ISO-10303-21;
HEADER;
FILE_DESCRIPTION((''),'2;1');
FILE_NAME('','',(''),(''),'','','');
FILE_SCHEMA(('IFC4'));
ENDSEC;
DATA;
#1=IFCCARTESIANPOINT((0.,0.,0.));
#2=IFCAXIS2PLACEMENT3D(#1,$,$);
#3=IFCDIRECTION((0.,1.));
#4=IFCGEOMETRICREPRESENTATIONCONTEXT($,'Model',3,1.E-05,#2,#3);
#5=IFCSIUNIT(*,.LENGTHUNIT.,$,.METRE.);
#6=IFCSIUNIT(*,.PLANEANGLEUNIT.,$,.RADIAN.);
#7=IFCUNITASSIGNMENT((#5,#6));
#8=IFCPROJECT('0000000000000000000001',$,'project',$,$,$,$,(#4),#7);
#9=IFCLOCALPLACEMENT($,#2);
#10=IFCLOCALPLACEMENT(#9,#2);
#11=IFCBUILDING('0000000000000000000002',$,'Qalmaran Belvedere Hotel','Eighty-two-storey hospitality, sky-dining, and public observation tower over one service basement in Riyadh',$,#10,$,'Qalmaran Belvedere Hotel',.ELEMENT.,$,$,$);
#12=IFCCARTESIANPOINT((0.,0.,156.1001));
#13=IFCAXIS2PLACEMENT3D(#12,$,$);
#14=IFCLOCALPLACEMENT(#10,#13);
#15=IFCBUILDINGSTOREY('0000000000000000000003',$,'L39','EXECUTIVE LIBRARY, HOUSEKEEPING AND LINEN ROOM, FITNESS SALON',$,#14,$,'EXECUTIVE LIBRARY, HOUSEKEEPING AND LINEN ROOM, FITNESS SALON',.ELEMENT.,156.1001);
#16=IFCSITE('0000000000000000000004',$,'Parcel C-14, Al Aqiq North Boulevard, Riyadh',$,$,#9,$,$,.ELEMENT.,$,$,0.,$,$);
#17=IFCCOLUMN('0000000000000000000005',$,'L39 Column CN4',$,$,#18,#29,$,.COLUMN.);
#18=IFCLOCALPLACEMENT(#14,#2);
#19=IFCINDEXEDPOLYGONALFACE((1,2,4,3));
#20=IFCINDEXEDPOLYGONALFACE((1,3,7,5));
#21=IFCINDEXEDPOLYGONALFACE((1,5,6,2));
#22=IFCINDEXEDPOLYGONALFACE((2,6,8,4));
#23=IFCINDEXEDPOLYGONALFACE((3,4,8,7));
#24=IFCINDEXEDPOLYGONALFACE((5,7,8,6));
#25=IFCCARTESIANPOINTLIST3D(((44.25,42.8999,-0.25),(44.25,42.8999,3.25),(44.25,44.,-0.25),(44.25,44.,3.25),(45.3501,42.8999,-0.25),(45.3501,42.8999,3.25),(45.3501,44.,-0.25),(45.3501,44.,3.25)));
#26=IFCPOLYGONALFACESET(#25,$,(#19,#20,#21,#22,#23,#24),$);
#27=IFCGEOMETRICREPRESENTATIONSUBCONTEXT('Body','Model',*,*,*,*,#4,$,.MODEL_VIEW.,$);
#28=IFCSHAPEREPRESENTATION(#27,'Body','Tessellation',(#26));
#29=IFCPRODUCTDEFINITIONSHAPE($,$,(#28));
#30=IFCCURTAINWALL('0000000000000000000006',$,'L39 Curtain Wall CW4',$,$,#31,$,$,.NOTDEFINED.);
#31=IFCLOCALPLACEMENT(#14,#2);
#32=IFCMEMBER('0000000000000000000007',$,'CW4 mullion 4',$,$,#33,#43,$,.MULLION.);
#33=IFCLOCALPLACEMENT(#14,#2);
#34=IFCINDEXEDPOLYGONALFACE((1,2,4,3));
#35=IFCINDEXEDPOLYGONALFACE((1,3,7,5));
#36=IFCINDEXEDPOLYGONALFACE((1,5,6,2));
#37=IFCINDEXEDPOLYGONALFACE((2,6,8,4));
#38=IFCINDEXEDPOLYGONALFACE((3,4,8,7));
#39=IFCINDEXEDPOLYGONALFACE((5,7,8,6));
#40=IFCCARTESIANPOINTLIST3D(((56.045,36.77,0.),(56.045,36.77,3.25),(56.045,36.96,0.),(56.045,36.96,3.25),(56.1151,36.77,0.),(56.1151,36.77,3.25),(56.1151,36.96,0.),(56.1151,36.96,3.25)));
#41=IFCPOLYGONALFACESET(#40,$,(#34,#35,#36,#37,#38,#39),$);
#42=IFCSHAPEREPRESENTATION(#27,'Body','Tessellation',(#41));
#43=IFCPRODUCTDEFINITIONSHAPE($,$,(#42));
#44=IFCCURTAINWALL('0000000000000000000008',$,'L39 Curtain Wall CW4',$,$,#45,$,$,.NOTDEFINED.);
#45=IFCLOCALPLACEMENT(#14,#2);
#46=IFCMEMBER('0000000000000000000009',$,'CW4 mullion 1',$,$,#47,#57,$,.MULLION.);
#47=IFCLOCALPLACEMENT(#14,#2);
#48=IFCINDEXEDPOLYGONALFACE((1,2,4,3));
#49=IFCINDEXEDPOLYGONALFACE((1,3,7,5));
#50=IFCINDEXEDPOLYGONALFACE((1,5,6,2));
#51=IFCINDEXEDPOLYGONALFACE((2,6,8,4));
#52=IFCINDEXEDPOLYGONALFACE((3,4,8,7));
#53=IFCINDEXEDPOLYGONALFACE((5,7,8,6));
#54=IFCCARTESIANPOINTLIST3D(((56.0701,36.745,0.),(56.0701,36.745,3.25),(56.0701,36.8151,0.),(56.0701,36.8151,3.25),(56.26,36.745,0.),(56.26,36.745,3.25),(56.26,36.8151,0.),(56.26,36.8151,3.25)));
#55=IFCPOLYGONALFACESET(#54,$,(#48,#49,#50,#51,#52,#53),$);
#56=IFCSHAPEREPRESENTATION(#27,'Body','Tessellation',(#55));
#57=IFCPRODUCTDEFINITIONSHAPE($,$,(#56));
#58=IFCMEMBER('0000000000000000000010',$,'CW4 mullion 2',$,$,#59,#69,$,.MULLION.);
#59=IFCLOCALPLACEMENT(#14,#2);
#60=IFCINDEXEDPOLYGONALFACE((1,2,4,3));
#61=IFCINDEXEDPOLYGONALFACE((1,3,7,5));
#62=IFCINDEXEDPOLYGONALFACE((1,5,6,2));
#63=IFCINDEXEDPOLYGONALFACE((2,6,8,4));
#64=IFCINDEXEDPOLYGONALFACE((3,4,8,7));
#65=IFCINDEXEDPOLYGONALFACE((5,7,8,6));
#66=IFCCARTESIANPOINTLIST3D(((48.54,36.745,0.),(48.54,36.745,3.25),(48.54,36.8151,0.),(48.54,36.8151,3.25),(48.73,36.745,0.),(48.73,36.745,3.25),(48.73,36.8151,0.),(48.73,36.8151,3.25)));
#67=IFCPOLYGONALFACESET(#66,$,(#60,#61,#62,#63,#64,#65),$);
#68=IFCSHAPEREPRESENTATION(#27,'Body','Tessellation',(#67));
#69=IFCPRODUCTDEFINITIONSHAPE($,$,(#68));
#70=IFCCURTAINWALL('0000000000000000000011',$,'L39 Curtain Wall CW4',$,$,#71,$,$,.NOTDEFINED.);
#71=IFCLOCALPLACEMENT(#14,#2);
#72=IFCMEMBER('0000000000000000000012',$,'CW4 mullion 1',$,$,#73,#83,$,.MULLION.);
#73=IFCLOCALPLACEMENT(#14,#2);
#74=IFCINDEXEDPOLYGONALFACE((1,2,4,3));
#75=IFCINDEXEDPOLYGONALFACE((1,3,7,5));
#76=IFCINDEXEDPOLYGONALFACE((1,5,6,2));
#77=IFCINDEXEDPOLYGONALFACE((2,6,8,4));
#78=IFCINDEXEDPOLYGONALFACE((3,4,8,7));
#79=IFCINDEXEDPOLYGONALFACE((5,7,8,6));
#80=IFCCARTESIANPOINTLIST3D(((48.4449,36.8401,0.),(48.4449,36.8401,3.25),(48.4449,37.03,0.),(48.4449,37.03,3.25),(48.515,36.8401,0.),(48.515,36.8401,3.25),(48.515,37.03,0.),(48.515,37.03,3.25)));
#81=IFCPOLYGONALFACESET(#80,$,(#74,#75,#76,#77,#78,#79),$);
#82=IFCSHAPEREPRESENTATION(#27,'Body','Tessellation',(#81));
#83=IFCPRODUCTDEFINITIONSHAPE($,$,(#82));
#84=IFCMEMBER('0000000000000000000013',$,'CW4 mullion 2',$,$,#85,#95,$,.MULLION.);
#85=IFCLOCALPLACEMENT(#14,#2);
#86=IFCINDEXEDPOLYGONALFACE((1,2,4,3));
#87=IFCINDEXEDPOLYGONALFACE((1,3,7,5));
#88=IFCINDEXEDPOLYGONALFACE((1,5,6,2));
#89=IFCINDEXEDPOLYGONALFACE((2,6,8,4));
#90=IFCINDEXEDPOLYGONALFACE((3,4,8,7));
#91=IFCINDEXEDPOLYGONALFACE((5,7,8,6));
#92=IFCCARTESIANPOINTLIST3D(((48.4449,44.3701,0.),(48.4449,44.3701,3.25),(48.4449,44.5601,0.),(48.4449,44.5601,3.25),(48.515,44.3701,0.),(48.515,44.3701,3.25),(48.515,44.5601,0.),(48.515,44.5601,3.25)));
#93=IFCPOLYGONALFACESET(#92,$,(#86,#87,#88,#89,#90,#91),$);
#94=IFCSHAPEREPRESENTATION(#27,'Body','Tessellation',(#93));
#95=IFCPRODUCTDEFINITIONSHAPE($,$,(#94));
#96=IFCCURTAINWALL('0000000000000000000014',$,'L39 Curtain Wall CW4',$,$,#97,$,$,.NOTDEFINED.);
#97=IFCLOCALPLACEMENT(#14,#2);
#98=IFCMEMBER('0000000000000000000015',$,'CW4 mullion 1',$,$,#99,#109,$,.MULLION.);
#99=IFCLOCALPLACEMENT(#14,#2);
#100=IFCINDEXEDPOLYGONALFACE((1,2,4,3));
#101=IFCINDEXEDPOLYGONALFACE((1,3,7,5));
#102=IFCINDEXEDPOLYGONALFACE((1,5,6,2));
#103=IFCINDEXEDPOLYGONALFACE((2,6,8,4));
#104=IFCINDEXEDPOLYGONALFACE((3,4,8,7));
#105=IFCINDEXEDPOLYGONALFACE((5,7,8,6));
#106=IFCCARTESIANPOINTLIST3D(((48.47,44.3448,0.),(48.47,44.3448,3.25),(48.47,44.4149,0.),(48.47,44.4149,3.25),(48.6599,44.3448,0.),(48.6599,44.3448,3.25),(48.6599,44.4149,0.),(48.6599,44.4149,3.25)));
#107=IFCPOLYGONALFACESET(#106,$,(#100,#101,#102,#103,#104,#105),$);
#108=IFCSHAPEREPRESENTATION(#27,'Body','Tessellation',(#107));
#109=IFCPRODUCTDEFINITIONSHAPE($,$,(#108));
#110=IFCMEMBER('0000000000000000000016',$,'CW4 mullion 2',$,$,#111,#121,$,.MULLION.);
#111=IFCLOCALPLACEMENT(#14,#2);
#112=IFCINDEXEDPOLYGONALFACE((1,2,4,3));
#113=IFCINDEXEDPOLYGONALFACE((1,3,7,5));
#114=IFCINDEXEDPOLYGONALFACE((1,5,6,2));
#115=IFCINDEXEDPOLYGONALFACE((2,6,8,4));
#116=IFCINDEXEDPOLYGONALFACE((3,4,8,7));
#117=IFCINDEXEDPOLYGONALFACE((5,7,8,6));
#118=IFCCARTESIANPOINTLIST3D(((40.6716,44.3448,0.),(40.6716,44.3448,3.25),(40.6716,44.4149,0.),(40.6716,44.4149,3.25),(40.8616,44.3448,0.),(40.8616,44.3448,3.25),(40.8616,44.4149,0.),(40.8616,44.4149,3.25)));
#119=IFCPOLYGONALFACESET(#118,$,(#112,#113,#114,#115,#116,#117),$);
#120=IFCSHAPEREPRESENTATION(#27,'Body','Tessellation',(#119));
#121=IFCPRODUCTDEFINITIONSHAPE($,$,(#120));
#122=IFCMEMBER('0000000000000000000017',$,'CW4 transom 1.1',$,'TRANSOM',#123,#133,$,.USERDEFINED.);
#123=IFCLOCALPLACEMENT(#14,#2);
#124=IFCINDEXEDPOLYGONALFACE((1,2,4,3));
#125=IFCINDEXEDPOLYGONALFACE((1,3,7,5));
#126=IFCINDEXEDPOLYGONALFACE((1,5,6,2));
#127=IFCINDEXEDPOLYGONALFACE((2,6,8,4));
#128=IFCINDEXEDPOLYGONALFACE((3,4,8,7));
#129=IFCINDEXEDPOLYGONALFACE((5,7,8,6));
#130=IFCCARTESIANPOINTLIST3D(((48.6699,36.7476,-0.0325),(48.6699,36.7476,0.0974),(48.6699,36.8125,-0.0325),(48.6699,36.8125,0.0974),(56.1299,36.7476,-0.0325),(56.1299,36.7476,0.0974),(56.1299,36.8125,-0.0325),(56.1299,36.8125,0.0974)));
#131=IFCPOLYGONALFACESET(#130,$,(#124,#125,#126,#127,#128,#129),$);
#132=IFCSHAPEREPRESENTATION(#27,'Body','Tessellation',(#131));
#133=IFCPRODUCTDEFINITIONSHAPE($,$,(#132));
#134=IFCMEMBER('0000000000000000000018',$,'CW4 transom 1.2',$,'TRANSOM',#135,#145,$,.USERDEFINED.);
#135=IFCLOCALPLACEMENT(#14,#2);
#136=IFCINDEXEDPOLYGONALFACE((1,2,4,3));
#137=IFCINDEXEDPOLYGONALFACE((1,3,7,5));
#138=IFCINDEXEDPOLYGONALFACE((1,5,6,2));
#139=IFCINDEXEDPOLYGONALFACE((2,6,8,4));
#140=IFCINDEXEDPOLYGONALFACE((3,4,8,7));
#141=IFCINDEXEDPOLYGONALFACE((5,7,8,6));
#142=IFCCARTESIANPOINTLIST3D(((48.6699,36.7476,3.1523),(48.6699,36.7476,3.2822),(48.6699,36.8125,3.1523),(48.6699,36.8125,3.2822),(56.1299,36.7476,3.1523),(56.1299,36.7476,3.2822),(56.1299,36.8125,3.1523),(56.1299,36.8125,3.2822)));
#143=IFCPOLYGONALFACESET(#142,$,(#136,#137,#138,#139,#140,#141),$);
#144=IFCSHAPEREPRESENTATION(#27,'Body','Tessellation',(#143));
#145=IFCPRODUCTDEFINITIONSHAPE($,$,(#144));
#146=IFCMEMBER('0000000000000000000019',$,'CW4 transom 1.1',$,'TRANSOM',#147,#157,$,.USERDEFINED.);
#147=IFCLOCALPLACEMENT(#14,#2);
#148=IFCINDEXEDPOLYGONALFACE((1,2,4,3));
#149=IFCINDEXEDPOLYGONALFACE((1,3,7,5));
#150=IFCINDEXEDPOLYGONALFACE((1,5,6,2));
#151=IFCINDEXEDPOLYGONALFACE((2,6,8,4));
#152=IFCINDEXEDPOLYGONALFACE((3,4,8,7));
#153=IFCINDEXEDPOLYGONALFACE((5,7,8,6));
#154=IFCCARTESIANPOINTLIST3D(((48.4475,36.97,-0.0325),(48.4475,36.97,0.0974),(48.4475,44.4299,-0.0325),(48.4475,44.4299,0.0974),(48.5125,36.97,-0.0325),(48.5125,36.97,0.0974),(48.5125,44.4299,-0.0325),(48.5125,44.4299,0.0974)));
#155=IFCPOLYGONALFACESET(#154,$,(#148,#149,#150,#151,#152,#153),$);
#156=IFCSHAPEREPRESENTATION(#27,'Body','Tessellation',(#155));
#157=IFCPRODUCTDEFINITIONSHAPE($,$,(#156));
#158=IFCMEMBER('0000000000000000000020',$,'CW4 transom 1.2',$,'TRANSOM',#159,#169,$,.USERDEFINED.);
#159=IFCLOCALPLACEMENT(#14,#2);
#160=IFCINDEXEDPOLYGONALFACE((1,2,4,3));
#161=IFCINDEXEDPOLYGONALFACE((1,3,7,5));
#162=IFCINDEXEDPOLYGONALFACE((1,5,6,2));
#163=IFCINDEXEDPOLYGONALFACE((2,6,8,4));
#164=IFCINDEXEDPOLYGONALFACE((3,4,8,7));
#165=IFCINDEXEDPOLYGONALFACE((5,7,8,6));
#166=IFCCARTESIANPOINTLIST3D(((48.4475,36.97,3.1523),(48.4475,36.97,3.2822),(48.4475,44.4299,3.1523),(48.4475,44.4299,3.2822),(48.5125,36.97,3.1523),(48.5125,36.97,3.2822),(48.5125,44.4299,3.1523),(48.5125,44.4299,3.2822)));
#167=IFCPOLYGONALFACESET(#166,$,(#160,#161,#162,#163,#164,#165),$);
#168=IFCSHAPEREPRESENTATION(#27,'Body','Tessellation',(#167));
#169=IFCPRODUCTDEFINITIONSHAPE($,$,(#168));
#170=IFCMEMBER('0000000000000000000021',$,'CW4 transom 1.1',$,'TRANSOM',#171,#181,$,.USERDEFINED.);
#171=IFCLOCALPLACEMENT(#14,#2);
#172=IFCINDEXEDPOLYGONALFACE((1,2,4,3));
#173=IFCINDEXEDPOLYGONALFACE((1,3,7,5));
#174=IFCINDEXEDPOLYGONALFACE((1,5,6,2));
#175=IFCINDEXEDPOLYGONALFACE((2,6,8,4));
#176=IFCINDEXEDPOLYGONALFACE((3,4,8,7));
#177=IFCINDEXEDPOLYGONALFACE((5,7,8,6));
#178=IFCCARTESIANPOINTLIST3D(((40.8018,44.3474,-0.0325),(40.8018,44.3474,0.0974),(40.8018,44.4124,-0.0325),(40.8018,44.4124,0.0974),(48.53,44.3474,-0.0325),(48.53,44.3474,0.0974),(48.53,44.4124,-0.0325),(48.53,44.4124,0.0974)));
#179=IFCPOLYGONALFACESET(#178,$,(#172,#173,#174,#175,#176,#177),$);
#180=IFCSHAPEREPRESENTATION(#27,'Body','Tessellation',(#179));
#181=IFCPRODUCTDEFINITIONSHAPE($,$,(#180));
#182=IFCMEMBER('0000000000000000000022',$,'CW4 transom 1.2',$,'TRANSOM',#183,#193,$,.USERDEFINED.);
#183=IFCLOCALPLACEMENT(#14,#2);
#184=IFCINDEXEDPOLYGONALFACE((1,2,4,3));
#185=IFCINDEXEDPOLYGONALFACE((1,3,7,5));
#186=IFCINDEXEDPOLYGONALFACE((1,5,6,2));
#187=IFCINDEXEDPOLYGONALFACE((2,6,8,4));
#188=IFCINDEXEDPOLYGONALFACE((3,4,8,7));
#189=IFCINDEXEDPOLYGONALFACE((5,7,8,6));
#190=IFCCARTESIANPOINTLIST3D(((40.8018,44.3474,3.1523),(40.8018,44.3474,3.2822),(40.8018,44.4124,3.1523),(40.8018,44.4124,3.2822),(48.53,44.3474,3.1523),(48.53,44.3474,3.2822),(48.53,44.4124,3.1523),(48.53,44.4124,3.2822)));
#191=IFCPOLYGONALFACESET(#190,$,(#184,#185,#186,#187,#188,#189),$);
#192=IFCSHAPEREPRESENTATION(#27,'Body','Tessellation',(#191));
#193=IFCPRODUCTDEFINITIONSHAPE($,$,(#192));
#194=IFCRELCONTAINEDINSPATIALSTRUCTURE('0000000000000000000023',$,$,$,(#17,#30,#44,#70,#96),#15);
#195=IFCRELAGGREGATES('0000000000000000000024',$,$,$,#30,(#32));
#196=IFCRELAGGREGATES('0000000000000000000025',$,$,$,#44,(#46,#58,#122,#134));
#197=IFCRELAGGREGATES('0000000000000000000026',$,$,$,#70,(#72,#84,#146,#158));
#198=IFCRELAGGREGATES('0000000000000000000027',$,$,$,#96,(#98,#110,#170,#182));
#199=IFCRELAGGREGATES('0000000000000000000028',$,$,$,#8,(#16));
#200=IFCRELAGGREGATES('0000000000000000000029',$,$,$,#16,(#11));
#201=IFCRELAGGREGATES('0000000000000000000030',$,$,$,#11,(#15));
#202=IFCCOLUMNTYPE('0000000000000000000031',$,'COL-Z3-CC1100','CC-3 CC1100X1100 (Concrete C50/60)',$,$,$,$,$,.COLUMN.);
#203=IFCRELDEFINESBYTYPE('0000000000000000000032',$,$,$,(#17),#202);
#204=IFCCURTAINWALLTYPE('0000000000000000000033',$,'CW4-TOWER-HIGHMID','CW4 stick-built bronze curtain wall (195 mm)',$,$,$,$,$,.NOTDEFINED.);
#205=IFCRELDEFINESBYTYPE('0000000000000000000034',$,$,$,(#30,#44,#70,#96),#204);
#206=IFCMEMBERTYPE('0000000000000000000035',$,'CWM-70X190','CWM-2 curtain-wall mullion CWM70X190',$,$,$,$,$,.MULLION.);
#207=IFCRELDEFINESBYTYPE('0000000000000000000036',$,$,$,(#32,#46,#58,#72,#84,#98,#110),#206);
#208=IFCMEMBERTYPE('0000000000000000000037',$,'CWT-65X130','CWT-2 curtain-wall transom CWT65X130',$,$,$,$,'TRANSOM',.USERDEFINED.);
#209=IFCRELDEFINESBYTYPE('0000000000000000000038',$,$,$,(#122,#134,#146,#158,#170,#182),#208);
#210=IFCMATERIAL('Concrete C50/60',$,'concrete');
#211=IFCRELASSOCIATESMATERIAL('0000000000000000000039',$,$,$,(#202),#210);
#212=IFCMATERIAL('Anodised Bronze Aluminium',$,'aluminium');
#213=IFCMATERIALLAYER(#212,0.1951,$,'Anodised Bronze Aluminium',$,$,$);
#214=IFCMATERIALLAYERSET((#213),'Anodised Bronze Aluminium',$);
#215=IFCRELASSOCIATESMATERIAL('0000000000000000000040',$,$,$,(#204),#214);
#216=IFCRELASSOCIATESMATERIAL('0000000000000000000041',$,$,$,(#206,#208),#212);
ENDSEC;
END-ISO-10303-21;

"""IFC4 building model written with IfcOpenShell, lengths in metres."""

from ifc_helpers import new_model, si_unit, direction, frame, origin, origin_2d, place, context, subcontext, project, spatial, rectangle, extrude, material, layer, layer_set, material_profile, profile_set, type_object, element, aggregate, save


model = new_model("IFC4")

# Units and contexts
model_context = context("Model", 3, precision=1e-05, world=origin(), true_north=direction((0.0, 1.0)))
body_context = subcontext(model_context, "Body", "Model", "MODEL_VIEW")
ifc_project = project(units=[si_unit("LENGTHUNIT", "METRE"), si_unit("PLANEANGLEUNIT", "RADIAN")], contexts=[model_context])

# Site, building, storey
site_placement = place(None, origin())
site = spatial("IfcSite", under=ifc_project, at=site_placement, Name="Parcel C-14, Al Aqiq North Boulevard, Riyadh", CompositionType="ELEMENT", RefElevation=0.0)
building_placement = place(site_placement, origin())
building = spatial("IfcBuilding", under=site, at=building_placement, Name="Qalmaran Belvedere Hotel", Description="Eighty-two-storey hospitality, sky-dining, and public observation tower over one service basement in Riyadh", LongName="Qalmaran Belvedere Hotel", CompositionType="ELEMENT")
storey_placement = place(building_placement, frame((0.0, 0.0, 156.1001)))
storey = spatial("IfcBuildingStorey", under=building, at=storey_placement, Name="L39", Description="EXECUTIVE LIBRARY, HOUSEKEEPING AND LINEN ROOM, FITNESS SALON", LongName="EXECUTIVE LIBRARY, HOUSEKEEPING AND LINEN ROOM, FITNESS SALON", CompositionType="ELEMENT", Elevation=156.1001)

# Column
ifc_material_1 = material(Name="Concrete C50/60", Category="concrete")
ifc_material_profile_1 = material_profile(ifc_material_1, rectangle(XDim=1.1001, YDim=1.1001, at=origin_2d()), Name="CC1100X1100")
ifc_profile_set_1 = profile_set([ifc_material_profile_1], Name="Concrete C50/60")
column_type = type_object("IfcColumnType", Name="COL-Z3-CC1100", Description="CC-3 CC1100X1100 (Concrete C50/60)", PredefinedType="COLUMN", material=ifc_profile_set_1)
column_placement = place(storey_placement, frame((44.8, 43.45, -0.25), z_axis=(0.0, 0.0, 1.0), x_axis=(1.0, 0.0, 0.0)))
element("IfcColumn", 1, at=column_placement, inside=storey, type_object=column_type, Name="L39 Column CN4", PredefinedType="COLUMN", context=body_context, shape_type="SweptSolid", body=[
    extrude(rectangle(XDim=1.1001, YDim=1.1001, at=origin_2d()), origin(), (0.0, 0.0, 1.0), 3.5),
])

# Curtain wall, member
ifc_material_2 = material(Name="Anodised Bronze Aluminium", Category="aluminium")
ifc_layer_1 = layer(ifc_material_2, 0.1951, Name="Anodised Bronze Aluminium")
ifc_layer_set_1 = layer_set([ifc_layer_1], Name="Anodised Bronze Aluminium")
curtain_wall_type = type_object("IfcCurtainWallType", Name="CW4-TOWER-HIGHMID", Description="CW4 stick-built bronze curtain wall (195 mm)", PredefinedType="NOTDEFINED", material=ifc_layer_set_1)
curtain_wall_1_placement = place(storey_placement, origin())
curtain_wall_1 = element("IfcCurtainWall", 2, at=curtain_wall_1_placement, inside=storey, type_object=curtain_wall_type, Name="L39 Curtain Wall CW4", PredefinedType="NOTDEFINED")
ifc_material_profile_2 = material_profile(ifc_material_2, rectangle(XDim=0.0701, YDim=0.1899, at=origin_2d()), Name="CWM70X190")
ifc_profile_set_2 = profile_set([ifc_material_profile_2], Name="Anodised Bronze Aluminium")
member_type_1 = type_object("IfcMemberType", Name="CWM-70X190", Description="CWM-2 curtain-wall mullion CWM70X190", PredefinedType="MULLION", material=ifc_profile_set_2)
member_1_placement = place(storey_placement, frame((56.0801, 36.865, 0.0), z_axis=(0.0, 0.0, 1.0), x_axis=(-1.0, 0.0, 0.0)))
member_1 = element("IfcMember", 3, at=member_1_placement, type_object=member_type_1, Name="CW4 mullion 4", PredefinedType="MULLION", context=body_context, shape_type="SweptSolid", body=[
    extrude(rectangle(XDim=0.0701, YDim=0.1899, at=origin_2d()), origin(), (0.0, 0.0, 1.0), 3.25),
])
aggregate(curtain_wall_1, [member_1])

# Curtain walls, members
curtain_wall_2_placement = place(storey_placement, origin())
curtain_wall_2 = element("IfcCurtainWall", 4, at=curtain_wall_2_placement, inside=storey, type_object=curtain_wall_type, Name="L39 Curtain Wall CW4", PredefinedType="NOTDEFINED")
member_2_placement = place(storey_placement, frame((56.165, 36.78, 0.0), z_axis=(0.0, 0.0, 1.0), x_axis=(0.0, -1.0, 0.0)))
member_2 = element("IfcMember", 5, at=member_2_placement, type_object=member_type_1, Name="CW4 mullion 1", PredefinedType="MULLION", context=body_context, shape_type="SweptSolid", body=[
    extrude(rectangle(XDim=0.0701, YDim=0.1899, at=origin_2d()), origin(), (0.0, 0.0, 1.0), 3.25),
])
member_3_placement = place(storey_placement, frame((48.635, 36.78, 0.0), z_axis=(0.0, 0.0, 1.0), x_axis=(0.0, -1.0, 0.0)))
member_3 = element("IfcMember", 6, at=member_3_placement, type_object=member_type_1, Name="CW4 mullion 2", PredefinedType="MULLION", context=body_context, shape_type="SweptSolid", body=[
    extrude(rectangle(XDim=0.0701, YDim=0.1899, at=origin_2d()), origin(), (0.0, 0.0, 1.0), 3.25),
])
curtain_wall_3_placement = place(storey_placement, origin())
curtain_wall_3 = element("IfcCurtainWall", 7, at=curtain_wall_3_placement, inside=storey, type_object=curtain_wall_type, Name="L39 Curtain Wall CW4", PredefinedType="NOTDEFINED")
member_4_placement = place(storey_placement, frame((48.48, 36.9351, 0.0), z_axis=(0.0, 0.0, 1.0), x_axis=(-1.0, 0.0, 0.0)))
member_4 = element("IfcMember", 8, at=member_4_placement, type_object=member_type_1, Name="CW4 mullion 1", PredefinedType="MULLION", context=body_context, shape_type="SweptSolid", body=[
    extrude(rectangle(XDim=0.0701, YDim=0.1899, at=origin_2d()), origin(), (0.0, 0.0, 1.0), 3.25),
])
member_5_placement = place(storey_placement, frame((48.48, 44.4651, 0.0), z_axis=(0.0, 0.0, 1.0), x_axis=(-1.0, 0.0, 0.0)))
member_5 = element("IfcMember", 9, at=member_5_placement, type_object=member_type_1, Name="CW4 mullion 2", PredefinedType="MULLION", context=body_context, shape_type="SweptSolid", body=[
    extrude(rectangle(XDim=0.0701, YDim=0.1899, at=origin_2d()), origin(), (0.0, 0.0, 1.0), 3.25),
])
curtain_wall_4_placement = place(storey_placement, origin())
curtain_wall_4 = element("IfcCurtainWall", 10, at=curtain_wall_4_placement, inside=storey, type_object=curtain_wall_type, Name="L39 Curtain Wall CW4", PredefinedType="NOTDEFINED")
member_6_placement = place(storey_placement, frame((48.5649, 44.3799, 0.0), z_axis=(0.0, 0.0, 1.0), x_axis=(0.0, -1.0, 0.0)))
member_6 = element("IfcMember", 11, at=member_6_placement, type_object=member_type_1, Name="CW4 mullion 1", PredefinedType="MULLION", context=body_context, shape_type="SweptSolid", body=[
    extrude(rectangle(XDim=0.0701, YDim=0.1899, at=origin_2d()), origin(), (0.0, 0.0, 1.0), 3.25),
])
member_7_placement = place(storey_placement, frame((40.7666, 44.3799, 0.0), z_axis=(0.0, 0.0, 1.0), x_axis=(0.0, -1.0, 0.0)))
member_7 = element("IfcMember", 12, at=member_7_placement, type_object=member_type_1, Name="CW4 mullion 2", PredefinedType="MULLION", context=body_context, shape_type="SweptSolid", body=[
    extrude(rectangle(XDim=0.0701, YDim=0.1899, at=origin_2d()), origin(), (0.0, 0.0, 1.0), 3.25),
])

# Members
ifc_material_profile_3 = material_profile(ifc_material_2, rectangle(XDim=0.0649, YDim=0.1299, at=origin_2d()), Name="CWT65X130")
ifc_profile_set_3 = profile_set([ifc_material_profile_3], Name="Anodised Bronze Aluminium")
member_type_2 = type_object("IfcMemberType", Name="CWT-65X130", Description="CWT-2 curtain-wall transom CWT65X130", ElementType="TRANSOM", PredefinedType="USERDEFINED", material=ifc_profile_set_3)
member_8_placement = place(storey_placement, frame((56.1299, 36.78, 0.0325), z_axis=(-1.0, 0.0, 0.0), x_axis=(0.0, -1.0, 0.0)))
member_8 = element("IfcMember", 13, at=member_8_placement, type_object=member_type_2, Name="CW4 transom 1.1", ObjectType="TRANSOM", PredefinedType="USERDEFINED", context=body_context, shape_type="SweptSolid", body=[
    extrude(rectangle(XDim=0.0649, YDim=0.1299, at=origin_2d()), origin(), (0.0, 0.0, 1.0), 7.46),
])
member_9_placement = place(storey_placement, frame((56.1299, 36.78, 3.2173), z_axis=(-1.0, 0.0, 0.0), x_axis=(0.0, -1.0, 0.0)))
member_9 = element("IfcMember", 14, at=member_9_placement, type_object=member_type_2, Name="CW4 transom 1.2", ObjectType="TRANSOM", PredefinedType="USERDEFINED", context=body_context, shape_type="SweptSolid", body=[
    extrude(rectangle(XDim=0.0649, YDim=0.1299, at=origin_2d()), origin(), (0.0, 0.0, 1.0), 7.46),
])
member_10_placement = place(storey_placement, frame((48.48, 36.97, 0.0325), z_axis=(0.0, 1.0, 0.0), x_axis=(-1.0, 0.0, 0.0)))
member_10 = element("IfcMember", 15, at=member_10_placement, type_object=member_type_2, Name="CW4 transom 1.1", ObjectType="TRANSOM", PredefinedType="USERDEFINED", context=body_context, shape_type="SweptSolid", body=[
    extrude(rectangle(XDim=0.0649, YDim=0.1299, at=origin_2d()), origin(), (0.0, 0.0, 1.0), 7.46),
])
member_11_placement = place(storey_placement, frame((48.48, 36.97, 3.2173), z_axis=(0.0, 1.0, 0.0), x_axis=(-1.0, 0.0, 0.0)))
member_11 = element("IfcMember", 16, at=member_11_placement, type_object=member_type_2, Name="CW4 transom 1.2", ObjectType="TRANSOM", PredefinedType="USERDEFINED", context=body_context, shape_type="SweptSolid", body=[
    extrude(rectangle(XDim=0.0649, YDim=0.1299, at=origin_2d()), origin(), (0.0, 0.0, 1.0), 7.46),
])
member_12_placement = place(storey_placement, frame((48.53, 44.3799, 0.0325), z_axis=(-1.0, 0.0, 0.0), x_axis=(0.0, -1.0, 0.0)))
member_12 = element("IfcMember", 17, at=member_12_placement, type_object=member_type_2, Name="CW4 transom 1.1", ObjectType="TRANSOM", PredefinedType="USERDEFINED", context=body_context, shape_type="SweptSolid", body=[
    extrude(rectangle(XDim=0.0649, YDim=0.1299, at=origin_2d()), origin(), (0.0, 0.0, 1.0), 7.7283),
])
member_13_placement = place(storey_placement, frame((48.53, 44.3799, 3.2173), z_axis=(-1.0, 0.0, 0.0), x_axis=(0.0, -1.0, 0.0)))
member_13 = element("IfcMember", 18, at=member_13_placement, type_object=member_type_2, Name="CW4 transom 1.2", ObjectType="TRANSOM", PredefinedType="USERDEFINED", context=body_context, shape_type="SweptSolid", body=[
    extrude(rectangle(XDim=0.0649, YDim=0.1299, at=origin_2d()), origin(), (0.0, 0.0, 1.0), 7.7283),
])

aggregate(curtain_wall_2, [member_2, member_3, member_8, member_9])
aggregate(curtain_wall_3, [member_4, member_5, member_10, member_11])
aggregate(curtain_wall_4, [member_6, member_7, member_12, member_13])

save(model, "model.ifc")
